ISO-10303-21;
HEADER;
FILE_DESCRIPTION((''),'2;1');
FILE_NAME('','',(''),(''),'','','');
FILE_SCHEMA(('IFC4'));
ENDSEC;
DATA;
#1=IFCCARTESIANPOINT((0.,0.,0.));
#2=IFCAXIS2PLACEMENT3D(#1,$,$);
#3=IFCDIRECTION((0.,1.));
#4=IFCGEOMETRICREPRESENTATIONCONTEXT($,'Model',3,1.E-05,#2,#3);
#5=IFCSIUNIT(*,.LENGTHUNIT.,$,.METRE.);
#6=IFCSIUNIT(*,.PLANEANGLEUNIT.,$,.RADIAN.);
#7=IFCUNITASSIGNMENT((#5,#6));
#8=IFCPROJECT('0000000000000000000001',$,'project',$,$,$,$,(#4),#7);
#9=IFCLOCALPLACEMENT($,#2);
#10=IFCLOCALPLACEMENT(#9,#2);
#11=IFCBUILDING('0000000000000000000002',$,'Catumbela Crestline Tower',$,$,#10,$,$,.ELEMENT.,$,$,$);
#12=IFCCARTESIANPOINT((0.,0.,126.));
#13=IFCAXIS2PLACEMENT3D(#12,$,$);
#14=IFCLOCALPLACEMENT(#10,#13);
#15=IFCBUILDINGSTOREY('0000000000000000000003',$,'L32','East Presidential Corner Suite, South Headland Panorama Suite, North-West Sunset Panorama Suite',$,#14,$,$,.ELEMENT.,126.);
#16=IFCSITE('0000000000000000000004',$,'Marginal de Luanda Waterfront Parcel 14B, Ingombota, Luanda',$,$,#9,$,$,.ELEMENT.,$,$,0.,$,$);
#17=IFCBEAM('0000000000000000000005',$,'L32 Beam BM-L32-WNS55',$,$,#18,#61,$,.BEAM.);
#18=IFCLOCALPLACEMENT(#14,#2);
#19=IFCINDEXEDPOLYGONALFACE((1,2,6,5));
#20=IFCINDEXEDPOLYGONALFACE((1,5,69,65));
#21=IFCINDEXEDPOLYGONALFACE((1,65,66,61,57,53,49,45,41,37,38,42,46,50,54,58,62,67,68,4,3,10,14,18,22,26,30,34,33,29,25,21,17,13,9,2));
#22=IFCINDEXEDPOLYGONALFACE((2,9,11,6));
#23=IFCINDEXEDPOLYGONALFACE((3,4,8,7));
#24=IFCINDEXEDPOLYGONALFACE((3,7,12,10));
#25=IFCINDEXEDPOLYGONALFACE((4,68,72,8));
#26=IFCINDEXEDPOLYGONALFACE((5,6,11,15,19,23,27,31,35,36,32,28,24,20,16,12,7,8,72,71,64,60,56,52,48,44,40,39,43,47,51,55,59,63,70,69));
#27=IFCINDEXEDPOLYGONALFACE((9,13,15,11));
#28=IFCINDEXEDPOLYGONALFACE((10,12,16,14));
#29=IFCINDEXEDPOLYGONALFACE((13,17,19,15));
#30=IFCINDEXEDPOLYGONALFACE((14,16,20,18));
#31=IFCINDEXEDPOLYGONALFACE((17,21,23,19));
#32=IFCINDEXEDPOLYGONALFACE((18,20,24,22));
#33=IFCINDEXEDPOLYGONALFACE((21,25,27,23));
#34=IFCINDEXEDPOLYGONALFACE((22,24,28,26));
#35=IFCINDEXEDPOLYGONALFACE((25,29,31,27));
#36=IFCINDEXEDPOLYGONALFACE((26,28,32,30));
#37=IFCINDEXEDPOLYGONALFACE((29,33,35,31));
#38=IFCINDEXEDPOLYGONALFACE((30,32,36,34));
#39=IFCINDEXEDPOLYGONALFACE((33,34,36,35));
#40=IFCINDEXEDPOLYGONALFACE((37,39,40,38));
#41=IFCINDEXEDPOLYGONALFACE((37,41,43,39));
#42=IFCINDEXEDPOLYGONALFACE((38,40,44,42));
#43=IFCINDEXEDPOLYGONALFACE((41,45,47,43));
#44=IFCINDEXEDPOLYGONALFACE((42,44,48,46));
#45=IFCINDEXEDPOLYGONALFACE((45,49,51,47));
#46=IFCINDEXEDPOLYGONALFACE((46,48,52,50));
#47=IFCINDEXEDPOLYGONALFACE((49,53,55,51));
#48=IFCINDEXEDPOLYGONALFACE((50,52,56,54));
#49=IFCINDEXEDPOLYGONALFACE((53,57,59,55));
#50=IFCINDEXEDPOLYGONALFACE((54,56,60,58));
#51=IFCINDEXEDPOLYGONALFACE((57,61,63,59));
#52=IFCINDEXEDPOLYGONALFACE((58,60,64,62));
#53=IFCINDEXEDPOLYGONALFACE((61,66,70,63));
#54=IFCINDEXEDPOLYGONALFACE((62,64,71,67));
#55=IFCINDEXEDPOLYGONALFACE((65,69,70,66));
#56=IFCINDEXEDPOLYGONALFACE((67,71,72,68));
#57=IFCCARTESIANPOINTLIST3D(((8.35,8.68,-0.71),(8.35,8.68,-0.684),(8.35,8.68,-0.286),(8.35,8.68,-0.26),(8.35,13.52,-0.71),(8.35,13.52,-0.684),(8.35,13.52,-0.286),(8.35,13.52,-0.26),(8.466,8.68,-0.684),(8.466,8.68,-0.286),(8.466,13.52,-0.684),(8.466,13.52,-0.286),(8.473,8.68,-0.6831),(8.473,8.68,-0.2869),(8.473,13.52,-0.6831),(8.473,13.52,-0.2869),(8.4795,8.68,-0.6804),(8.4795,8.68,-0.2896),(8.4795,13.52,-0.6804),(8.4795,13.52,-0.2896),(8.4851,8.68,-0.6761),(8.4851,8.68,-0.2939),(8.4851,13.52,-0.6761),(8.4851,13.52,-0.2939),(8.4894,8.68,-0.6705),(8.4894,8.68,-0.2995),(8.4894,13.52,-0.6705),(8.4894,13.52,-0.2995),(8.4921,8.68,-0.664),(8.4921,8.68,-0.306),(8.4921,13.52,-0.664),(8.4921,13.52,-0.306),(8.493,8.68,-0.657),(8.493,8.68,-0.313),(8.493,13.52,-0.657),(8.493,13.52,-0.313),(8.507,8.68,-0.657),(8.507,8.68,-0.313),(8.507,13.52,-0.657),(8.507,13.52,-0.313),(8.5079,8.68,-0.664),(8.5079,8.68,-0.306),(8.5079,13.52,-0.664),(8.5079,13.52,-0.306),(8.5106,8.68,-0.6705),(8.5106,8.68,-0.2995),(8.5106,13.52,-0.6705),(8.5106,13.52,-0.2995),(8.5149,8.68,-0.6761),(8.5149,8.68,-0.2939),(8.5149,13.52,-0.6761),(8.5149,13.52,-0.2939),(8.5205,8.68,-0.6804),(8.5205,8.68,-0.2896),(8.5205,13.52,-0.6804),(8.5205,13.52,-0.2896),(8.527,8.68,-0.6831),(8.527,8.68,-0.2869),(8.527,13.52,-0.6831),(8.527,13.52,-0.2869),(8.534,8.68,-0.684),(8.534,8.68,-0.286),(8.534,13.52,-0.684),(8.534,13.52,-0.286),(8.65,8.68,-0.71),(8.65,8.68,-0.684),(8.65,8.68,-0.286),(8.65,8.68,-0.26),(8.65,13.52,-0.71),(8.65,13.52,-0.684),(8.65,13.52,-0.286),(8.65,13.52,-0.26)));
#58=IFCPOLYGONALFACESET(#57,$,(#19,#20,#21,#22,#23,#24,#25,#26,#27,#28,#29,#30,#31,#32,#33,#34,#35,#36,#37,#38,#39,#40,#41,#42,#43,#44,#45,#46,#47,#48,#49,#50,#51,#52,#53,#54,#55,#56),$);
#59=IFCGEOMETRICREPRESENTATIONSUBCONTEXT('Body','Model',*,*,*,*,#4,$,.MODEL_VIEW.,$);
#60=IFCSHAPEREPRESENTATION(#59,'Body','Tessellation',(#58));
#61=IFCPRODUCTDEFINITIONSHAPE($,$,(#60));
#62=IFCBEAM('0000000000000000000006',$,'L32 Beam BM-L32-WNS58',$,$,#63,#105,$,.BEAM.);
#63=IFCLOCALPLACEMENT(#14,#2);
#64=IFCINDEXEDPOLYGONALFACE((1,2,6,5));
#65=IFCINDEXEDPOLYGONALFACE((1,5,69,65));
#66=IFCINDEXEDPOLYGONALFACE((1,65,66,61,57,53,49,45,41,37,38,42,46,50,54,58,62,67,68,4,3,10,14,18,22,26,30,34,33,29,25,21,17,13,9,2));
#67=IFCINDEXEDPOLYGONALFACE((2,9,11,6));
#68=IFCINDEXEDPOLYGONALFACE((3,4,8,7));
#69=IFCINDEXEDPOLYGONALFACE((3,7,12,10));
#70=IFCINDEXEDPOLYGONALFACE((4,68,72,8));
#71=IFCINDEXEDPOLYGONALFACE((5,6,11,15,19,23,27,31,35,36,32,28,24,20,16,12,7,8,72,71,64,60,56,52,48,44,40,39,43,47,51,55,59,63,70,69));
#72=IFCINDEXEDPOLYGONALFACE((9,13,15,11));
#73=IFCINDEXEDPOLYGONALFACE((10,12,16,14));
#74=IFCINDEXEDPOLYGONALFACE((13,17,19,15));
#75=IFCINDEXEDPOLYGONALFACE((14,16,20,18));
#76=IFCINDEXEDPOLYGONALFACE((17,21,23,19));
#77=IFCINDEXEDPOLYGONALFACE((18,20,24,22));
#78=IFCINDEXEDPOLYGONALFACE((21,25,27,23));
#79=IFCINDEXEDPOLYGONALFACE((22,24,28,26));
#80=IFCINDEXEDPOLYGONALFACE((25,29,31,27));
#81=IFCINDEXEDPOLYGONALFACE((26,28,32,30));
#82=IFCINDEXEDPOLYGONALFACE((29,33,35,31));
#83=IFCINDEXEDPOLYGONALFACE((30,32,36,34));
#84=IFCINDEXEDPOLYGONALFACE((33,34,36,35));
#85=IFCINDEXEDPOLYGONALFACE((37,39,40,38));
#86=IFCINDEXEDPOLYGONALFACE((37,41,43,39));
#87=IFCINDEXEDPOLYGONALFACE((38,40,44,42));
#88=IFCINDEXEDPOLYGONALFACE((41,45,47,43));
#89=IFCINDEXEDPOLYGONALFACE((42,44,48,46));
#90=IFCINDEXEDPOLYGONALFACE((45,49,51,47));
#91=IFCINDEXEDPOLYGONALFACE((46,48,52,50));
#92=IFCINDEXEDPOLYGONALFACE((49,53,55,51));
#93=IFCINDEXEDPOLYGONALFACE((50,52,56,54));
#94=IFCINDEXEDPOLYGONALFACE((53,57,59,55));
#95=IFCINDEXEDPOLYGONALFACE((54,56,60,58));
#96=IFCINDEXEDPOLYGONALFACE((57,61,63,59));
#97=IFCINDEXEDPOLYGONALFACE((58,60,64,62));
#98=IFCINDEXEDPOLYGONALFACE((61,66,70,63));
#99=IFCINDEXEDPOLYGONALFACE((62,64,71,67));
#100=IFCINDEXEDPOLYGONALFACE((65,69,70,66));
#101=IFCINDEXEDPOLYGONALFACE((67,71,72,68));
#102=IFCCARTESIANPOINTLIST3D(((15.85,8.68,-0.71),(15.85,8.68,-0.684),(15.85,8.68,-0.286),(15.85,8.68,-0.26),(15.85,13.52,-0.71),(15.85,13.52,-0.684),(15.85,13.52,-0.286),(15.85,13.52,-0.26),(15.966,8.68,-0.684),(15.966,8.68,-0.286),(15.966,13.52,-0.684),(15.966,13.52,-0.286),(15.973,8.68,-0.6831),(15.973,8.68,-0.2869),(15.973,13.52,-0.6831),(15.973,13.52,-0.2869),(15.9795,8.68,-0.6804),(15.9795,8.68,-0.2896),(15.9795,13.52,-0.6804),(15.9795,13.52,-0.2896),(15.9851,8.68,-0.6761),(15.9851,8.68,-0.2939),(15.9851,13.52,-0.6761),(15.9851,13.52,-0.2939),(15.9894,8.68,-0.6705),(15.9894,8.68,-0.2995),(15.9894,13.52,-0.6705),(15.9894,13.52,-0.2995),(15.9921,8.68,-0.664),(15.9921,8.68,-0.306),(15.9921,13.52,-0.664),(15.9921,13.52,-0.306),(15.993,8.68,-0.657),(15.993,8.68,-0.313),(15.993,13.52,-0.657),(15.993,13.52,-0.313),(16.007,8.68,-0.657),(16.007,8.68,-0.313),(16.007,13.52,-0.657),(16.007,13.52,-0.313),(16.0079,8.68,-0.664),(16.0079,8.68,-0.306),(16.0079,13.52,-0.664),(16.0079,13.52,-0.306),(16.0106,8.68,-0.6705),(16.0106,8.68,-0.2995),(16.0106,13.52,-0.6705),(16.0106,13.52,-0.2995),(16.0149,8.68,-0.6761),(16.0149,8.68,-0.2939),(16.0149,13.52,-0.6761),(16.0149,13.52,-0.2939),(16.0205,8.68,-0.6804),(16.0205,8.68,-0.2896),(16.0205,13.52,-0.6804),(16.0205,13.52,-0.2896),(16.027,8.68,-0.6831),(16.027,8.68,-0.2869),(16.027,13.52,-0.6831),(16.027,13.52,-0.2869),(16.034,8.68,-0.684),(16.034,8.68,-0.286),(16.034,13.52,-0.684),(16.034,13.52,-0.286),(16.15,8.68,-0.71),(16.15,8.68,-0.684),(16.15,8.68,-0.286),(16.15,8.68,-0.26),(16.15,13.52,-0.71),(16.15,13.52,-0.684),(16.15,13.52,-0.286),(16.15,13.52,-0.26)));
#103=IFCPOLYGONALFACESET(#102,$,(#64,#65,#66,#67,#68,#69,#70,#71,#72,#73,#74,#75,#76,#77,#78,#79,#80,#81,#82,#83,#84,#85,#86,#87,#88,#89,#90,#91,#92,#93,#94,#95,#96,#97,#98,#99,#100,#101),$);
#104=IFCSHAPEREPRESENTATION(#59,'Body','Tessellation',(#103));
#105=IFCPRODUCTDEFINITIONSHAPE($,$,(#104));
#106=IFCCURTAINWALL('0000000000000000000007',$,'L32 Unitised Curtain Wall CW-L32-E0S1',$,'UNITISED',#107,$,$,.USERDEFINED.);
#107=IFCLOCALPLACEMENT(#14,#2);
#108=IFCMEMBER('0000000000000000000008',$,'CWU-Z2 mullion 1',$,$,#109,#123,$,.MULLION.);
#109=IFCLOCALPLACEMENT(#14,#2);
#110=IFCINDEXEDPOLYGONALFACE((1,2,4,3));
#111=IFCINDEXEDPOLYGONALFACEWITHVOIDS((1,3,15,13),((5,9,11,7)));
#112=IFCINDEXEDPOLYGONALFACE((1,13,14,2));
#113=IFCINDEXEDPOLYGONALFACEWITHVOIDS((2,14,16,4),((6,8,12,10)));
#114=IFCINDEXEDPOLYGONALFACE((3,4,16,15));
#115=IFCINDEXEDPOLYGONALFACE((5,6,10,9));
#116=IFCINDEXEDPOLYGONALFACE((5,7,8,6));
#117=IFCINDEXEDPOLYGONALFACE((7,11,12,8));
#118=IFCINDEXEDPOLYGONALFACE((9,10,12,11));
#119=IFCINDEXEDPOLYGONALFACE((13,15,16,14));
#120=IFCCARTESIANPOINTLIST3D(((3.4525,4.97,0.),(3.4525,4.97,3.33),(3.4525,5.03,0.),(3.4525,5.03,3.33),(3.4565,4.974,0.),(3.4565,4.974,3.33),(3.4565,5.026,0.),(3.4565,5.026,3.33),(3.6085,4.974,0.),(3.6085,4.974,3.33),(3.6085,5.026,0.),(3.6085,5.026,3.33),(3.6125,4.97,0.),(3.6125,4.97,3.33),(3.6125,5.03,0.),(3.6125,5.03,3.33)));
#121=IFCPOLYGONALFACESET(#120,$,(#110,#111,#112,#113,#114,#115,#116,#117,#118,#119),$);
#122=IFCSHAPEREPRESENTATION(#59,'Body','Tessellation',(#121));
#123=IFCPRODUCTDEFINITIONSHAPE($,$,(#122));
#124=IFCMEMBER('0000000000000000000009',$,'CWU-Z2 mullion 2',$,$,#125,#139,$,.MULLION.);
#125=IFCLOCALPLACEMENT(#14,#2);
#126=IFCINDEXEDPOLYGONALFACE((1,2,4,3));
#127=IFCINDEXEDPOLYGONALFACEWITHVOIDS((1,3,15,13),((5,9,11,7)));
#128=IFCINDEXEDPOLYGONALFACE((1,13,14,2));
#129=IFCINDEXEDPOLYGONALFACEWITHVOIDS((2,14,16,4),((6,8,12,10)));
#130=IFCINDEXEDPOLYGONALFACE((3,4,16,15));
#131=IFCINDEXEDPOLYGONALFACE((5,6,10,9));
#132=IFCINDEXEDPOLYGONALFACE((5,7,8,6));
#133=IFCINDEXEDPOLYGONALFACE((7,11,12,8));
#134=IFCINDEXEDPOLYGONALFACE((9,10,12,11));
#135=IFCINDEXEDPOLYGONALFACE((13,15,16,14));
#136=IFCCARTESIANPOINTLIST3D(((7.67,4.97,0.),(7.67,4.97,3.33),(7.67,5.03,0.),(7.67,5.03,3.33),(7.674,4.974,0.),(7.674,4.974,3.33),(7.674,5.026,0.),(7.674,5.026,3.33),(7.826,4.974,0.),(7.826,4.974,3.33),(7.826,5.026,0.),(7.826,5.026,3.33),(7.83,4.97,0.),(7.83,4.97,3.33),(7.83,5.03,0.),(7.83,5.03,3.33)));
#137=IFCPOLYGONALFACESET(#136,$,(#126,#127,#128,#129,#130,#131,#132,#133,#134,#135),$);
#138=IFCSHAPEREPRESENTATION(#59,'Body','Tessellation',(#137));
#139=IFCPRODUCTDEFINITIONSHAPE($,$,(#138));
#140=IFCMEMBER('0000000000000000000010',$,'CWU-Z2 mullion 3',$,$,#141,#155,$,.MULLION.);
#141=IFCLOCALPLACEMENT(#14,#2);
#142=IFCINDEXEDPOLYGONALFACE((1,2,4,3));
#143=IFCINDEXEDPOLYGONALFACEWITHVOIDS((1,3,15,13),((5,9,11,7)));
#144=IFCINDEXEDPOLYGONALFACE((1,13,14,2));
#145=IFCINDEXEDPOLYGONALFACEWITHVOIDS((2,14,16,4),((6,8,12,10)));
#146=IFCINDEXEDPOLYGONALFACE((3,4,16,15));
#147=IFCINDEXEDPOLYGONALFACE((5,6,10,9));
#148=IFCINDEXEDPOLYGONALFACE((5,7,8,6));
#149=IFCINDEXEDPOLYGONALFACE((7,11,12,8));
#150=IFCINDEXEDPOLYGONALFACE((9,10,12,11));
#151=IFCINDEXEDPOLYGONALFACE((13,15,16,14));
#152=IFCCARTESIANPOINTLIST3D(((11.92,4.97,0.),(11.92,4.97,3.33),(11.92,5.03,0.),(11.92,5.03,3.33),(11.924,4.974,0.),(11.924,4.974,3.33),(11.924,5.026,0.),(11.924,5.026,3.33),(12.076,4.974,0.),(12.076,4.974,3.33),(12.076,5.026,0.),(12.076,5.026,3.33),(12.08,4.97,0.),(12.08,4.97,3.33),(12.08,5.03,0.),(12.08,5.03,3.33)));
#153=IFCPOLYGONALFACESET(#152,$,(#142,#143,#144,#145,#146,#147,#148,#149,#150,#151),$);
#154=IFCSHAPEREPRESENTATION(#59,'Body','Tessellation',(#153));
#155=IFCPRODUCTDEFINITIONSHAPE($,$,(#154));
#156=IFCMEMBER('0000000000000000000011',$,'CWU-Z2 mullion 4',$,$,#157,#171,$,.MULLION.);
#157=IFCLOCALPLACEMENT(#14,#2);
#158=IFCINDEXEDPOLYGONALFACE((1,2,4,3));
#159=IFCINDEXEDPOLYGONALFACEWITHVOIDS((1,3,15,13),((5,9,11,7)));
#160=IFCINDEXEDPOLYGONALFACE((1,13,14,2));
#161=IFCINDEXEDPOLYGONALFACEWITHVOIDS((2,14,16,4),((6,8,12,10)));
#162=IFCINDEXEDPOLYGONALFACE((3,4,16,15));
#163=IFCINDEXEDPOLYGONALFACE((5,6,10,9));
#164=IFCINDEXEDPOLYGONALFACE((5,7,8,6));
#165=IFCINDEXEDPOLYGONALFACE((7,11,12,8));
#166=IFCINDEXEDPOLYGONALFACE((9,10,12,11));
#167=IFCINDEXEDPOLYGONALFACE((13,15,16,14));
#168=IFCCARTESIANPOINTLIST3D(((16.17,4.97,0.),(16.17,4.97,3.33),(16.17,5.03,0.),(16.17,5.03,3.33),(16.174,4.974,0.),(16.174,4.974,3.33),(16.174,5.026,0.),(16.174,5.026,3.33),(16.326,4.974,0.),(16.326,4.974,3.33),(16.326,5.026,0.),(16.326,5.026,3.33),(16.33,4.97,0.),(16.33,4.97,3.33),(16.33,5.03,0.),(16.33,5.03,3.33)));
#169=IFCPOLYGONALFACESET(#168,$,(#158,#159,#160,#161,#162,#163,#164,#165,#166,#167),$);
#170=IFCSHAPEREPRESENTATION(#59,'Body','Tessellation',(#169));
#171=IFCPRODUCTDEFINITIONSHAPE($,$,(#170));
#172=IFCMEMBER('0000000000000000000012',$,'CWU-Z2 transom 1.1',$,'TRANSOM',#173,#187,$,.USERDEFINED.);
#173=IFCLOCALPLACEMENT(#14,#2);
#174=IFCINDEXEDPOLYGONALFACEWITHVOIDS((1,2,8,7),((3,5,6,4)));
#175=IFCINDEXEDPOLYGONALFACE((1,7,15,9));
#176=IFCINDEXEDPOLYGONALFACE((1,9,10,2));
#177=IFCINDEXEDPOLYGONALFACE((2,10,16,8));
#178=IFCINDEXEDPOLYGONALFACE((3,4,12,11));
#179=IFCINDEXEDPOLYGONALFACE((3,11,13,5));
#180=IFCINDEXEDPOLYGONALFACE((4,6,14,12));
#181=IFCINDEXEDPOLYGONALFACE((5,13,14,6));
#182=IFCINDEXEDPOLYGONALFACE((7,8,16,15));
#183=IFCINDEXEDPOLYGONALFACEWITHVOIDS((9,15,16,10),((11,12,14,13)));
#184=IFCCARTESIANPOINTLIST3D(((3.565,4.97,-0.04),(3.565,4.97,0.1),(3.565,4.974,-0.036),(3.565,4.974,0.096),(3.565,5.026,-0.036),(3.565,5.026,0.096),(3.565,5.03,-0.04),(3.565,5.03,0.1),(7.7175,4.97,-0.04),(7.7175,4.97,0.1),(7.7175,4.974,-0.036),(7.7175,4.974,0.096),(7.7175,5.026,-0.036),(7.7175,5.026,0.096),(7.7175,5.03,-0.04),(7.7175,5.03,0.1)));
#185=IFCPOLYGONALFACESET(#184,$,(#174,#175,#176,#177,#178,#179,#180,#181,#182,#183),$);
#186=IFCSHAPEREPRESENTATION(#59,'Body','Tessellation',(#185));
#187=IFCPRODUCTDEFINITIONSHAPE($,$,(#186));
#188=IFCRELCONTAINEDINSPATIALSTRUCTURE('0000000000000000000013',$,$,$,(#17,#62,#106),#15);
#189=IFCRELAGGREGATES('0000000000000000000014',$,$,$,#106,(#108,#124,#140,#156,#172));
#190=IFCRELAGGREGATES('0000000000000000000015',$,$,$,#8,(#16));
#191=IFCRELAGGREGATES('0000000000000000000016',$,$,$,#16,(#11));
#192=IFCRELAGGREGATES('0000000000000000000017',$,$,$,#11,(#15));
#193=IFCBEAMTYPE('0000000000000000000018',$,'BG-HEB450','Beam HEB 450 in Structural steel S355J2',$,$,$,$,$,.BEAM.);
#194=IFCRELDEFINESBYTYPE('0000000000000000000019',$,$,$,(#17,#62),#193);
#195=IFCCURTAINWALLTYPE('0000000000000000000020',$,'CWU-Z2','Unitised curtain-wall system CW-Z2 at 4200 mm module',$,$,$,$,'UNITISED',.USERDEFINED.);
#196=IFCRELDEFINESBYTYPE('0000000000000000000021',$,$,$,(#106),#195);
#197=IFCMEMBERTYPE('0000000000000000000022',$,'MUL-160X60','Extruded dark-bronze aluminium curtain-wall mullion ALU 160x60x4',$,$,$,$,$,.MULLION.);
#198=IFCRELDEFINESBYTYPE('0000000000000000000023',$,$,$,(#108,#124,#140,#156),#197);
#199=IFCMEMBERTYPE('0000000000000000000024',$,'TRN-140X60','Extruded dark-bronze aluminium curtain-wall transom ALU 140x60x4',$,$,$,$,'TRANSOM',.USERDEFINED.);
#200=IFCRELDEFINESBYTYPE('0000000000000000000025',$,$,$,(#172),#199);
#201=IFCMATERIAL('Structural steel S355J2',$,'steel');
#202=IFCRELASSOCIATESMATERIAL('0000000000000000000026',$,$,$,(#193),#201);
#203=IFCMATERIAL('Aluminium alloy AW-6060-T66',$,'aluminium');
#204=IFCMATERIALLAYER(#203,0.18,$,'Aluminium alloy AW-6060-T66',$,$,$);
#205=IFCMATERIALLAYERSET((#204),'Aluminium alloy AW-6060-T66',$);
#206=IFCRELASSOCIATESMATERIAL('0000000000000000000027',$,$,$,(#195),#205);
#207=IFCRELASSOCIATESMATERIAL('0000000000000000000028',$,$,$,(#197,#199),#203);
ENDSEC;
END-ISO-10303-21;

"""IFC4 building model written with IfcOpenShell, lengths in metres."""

from ifc_helpers import new_model, si_unit, direction, frame, origin, origin_2d, place, context, subcontext, project, spatial, hollow_rectangle, i_section, extrude, material, layer, layer_set, material_profile, profile_set, type_object, element, aggregate, save


model = new_model("IFC4")

# Units and contexts
model_context = context("Model", 3, precision=1e-05, world=origin(), true_north=direction((0.0, 1.0)))
body_context = subcontext(model_context, "Body", "Model", "MODEL_VIEW")
ifc_project = project(units=[si_unit("LENGTHUNIT", "METRE"), si_unit("PLANEANGLEUNIT", "RADIAN")], contexts=[model_context])

# Site, building, storey
site_placement = place(None, origin())
site = spatial("IfcSite", under=ifc_project, at=site_placement, Name="Marginal de Luanda Waterfront Parcel 14B, Ingombota, Luanda", CompositionType="ELEMENT", RefElevation=0.0)
building_placement = place(site_placement, origin())
building = spatial("IfcBuilding", under=site, at=building_placement, Name="Catumbela Crestline Tower", CompositionType="ELEMENT")
storey_placement = place(building_placement, frame((0.0, 0.0, 126.0)))
storey = spatial("IfcBuildingStorey", under=building, at=storey_placement, Name="L32", Description="East Presidential Corner Suite, South Headland Panorama Suite, North-West Sunset Panorama Suite", CompositionType="ELEMENT", Elevation=126.0)

# Beams
ifc_material_1 = material(Name="Structural steel S355J2", Category="steel")
ifc_material_profile_1 = material_profile(ifc_material_1, i_section(OverallWidth=0.3, OverallDepth=0.45, WebThickness=0.014, FlangeThickness=0.026, FilletRadius=0.027, at=origin_2d()), Name="HEB 450")
ifc_profile_set_1 = profile_set([ifc_material_profile_1], Name="Structural steel S355J2")
beam_type = type_object("IfcBeamType", Name="BG-HEB450", Description="Beam HEB 450 in Structural steel S355J2", PredefinedType="BEAM", material=ifc_profile_set_1)
for number, where, z_axis, x_axis, name in (
    (1, (8.5, 8.68, -0.485), (0.0, 1.0, 0.0), (-1.0, 0.0, 0.0), "L32 Beam BM-L32-WNS55"),
    (2, (16.0, 8.68, -0.485), (0.0, 1.0, 0.0), (-1.0, 0.0, 0.0), "L32 Beam BM-L32-WNS58"),
):
    element("IfcBeam", number, at=place(storey_placement, frame(where, z_axis=z_axis, x_axis=x_axis)), inside=storey, type_object=beam_type, Name=name, PredefinedType="BEAM", context=body_context, shape_type="SweptSolid", body=[
        extrude(i_section(OverallWidth=0.3, OverallDepth=0.45, WebThickness=0.014, FlangeThickness=0.026, FilletRadius=0.027, at=origin_2d()), origin(), (0.0, 0.0, 1.0), 4.84),
    ])

# Curtain wall, members
ifc_material_2 = material(Name="Aluminium alloy AW-6060-T66", Category="aluminium")
ifc_layer_1 = layer(ifc_material_2, 0.18, Name="Aluminium alloy AW-6060-T66")
ifc_layer_set_1 = layer_set([ifc_layer_1], Name="Aluminium alloy AW-6060-T66")
curtain_wall_type = type_object("IfcCurtainWallType", Name="CWU-Z2", Description="Unitised curtain-wall system CW-Z2 at 4200 mm module", ElementType="UNITISED", PredefinedType="USERDEFINED", material=ifc_layer_set_1)
curtain_wall_placement = place(storey_placement, origin())
curtain_wall = element("IfcCurtainWall", 3, at=curtain_wall_placement, inside=storey, type_object=curtain_wall_type, Name="L32 Unitised Curtain Wall CW-L32-E0S1", ObjectType="UNITISED", PredefinedType="USERDEFINED")
ifc_material_profile_2 = material_profile(ifc_material_2, hollow_rectangle(XDim=0.06, YDim=0.16, WallThickness=0.004, at=origin_2d()), Name="ALU 160x60x4")
ifc_profile_set_2 = profile_set([ifc_material_profile_2], Name="Aluminium alloy AW-6060-T66")
member_type_1 = type_object("IfcMemberType", Name="MUL-160X60", Description="Extruded dark-bronze aluminium curtain-wall mullion ALU 160x60x4", PredefinedType="MULLION", material=ifc_profile_set_2)
member_1_placement = place(storey_placement, frame((3.5325, 5.0, 0.0), z_axis=(0.0, 0.0, 1.0), x_axis=(0.0, 1.0, 0.0)))
member_1 = element("IfcMember", 4, at=member_1_placement, type_object=member_type_1, Name="CWU-Z2 mullion 1", PredefinedType="MULLION", context=body_context, shape_type="SweptSolid", body=[
    extrude(hollow_rectangle(XDim=0.06, YDim=0.16, WallThickness=0.004, at=origin_2d()), origin(), (0.0, 0.0, 1.0), 3.33),
])
member_2_placement = place(storey_placement, frame((7.75, 5.0, 0.0), z_axis=(0.0, 0.0, 1.0), x_axis=(0.0, 1.0, 0.0)))
member_2 = element("IfcMember", 5, at=member_2_placement, type_object=member_type_1, Name="CWU-Z2 mullion 2", PredefinedType="MULLION", context=body_context, shape_type="SweptSolid", body=[
    extrude(hollow_rectangle(XDim=0.06, YDim=0.16, WallThickness=0.004, at=origin_2d()), origin(), (0.0, 0.0, 1.0), 3.33),
])
member_3_placement = place(storey_placement, frame((12.0, 5.0, 0.0), z_axis=(0.0, 0.0, 1.0), x_axis=(0.0, 1.0, 0.0)))
member_3 = element("IfcMember", 6, at=member_3_placement, type_object=member_type_1, Name="CWU-Z2 mullion 3", PredefinedType="MULLION", context=body_context, shape_type="SweptSolid", body=[
    extrude(hollow_rectangle(XDim=0.06, YDim=0.16, WallThickness=0.004, at=origin_2d()), origin(), (0.0, 0.0, 1.0), 3.33),
])
member_4_placement = place(storey_placement, frame((16.25, 5.0, 0.0), z_axis=(0.0, 0.0, 1.0), x_axis=(0.0, 1.0, 0.0)))
member_4 = element("IfcMember", 7, at=member_4_placement, type_object=member_type_1, Name="CWU-Z2 mullion 4", PredefinedType="MULLION", context=body_context, shape_type="SweptSolid", body=[
    extrude(hollow_rectangle(XDim=0.06, YDim=0.16, WallThickness=0.004, at=origin_2d()), origin(), (0.0, 0.0, 1.0), 3.33),
])
ifc_material_profile_3 = material_profile(ifc_material_2, hollow_rectangle(XDim=0.06, YDim=0.14, WallThickness=0.004, at=origin_2d()), Name="ALU 140x60x4")
ifc_profile_set_3 = profile_set([ifc_material_profile_3], Name="Aluminium alloy AW-6060-T66")
member_type_2 = type_object("IfcMemberType", Name="TRN-140X60", Description="Extruded dark-bronze aluminium curtain-wall transom ALU 140x60x4", ElementType="TRANSOM", PredefinedType="USERDEFINED", material=ifc_profile_set_3)
member_5_placement = place(storey_placement, frame((3.565, 5.0, 0.03), z_axis=(1.0, 0.0, 0.0), x_axis=(0.0, 1.0, 0.0)))
member_5 = element("IfcMember", 8, at=member_5_placement, type_object=member_type_2, Name="CWU-Z2 transom 1.1", ObjectType="TRANSOM", PredefinedType="USERDEFINED", context=body_context, shape_type="SweptSolid", body=[
    extrude(hollow_rectangle(XDim=0.06, YDim=0.14, WallThickness=0.004, at=origin_2d()), origin(), (0.0, 0.0, 1.0), 4.1525),
])
aggregate(curtain_wall, [member_1, member_2, member_3, member_4, member_5])

save(model, "model.ifc")
